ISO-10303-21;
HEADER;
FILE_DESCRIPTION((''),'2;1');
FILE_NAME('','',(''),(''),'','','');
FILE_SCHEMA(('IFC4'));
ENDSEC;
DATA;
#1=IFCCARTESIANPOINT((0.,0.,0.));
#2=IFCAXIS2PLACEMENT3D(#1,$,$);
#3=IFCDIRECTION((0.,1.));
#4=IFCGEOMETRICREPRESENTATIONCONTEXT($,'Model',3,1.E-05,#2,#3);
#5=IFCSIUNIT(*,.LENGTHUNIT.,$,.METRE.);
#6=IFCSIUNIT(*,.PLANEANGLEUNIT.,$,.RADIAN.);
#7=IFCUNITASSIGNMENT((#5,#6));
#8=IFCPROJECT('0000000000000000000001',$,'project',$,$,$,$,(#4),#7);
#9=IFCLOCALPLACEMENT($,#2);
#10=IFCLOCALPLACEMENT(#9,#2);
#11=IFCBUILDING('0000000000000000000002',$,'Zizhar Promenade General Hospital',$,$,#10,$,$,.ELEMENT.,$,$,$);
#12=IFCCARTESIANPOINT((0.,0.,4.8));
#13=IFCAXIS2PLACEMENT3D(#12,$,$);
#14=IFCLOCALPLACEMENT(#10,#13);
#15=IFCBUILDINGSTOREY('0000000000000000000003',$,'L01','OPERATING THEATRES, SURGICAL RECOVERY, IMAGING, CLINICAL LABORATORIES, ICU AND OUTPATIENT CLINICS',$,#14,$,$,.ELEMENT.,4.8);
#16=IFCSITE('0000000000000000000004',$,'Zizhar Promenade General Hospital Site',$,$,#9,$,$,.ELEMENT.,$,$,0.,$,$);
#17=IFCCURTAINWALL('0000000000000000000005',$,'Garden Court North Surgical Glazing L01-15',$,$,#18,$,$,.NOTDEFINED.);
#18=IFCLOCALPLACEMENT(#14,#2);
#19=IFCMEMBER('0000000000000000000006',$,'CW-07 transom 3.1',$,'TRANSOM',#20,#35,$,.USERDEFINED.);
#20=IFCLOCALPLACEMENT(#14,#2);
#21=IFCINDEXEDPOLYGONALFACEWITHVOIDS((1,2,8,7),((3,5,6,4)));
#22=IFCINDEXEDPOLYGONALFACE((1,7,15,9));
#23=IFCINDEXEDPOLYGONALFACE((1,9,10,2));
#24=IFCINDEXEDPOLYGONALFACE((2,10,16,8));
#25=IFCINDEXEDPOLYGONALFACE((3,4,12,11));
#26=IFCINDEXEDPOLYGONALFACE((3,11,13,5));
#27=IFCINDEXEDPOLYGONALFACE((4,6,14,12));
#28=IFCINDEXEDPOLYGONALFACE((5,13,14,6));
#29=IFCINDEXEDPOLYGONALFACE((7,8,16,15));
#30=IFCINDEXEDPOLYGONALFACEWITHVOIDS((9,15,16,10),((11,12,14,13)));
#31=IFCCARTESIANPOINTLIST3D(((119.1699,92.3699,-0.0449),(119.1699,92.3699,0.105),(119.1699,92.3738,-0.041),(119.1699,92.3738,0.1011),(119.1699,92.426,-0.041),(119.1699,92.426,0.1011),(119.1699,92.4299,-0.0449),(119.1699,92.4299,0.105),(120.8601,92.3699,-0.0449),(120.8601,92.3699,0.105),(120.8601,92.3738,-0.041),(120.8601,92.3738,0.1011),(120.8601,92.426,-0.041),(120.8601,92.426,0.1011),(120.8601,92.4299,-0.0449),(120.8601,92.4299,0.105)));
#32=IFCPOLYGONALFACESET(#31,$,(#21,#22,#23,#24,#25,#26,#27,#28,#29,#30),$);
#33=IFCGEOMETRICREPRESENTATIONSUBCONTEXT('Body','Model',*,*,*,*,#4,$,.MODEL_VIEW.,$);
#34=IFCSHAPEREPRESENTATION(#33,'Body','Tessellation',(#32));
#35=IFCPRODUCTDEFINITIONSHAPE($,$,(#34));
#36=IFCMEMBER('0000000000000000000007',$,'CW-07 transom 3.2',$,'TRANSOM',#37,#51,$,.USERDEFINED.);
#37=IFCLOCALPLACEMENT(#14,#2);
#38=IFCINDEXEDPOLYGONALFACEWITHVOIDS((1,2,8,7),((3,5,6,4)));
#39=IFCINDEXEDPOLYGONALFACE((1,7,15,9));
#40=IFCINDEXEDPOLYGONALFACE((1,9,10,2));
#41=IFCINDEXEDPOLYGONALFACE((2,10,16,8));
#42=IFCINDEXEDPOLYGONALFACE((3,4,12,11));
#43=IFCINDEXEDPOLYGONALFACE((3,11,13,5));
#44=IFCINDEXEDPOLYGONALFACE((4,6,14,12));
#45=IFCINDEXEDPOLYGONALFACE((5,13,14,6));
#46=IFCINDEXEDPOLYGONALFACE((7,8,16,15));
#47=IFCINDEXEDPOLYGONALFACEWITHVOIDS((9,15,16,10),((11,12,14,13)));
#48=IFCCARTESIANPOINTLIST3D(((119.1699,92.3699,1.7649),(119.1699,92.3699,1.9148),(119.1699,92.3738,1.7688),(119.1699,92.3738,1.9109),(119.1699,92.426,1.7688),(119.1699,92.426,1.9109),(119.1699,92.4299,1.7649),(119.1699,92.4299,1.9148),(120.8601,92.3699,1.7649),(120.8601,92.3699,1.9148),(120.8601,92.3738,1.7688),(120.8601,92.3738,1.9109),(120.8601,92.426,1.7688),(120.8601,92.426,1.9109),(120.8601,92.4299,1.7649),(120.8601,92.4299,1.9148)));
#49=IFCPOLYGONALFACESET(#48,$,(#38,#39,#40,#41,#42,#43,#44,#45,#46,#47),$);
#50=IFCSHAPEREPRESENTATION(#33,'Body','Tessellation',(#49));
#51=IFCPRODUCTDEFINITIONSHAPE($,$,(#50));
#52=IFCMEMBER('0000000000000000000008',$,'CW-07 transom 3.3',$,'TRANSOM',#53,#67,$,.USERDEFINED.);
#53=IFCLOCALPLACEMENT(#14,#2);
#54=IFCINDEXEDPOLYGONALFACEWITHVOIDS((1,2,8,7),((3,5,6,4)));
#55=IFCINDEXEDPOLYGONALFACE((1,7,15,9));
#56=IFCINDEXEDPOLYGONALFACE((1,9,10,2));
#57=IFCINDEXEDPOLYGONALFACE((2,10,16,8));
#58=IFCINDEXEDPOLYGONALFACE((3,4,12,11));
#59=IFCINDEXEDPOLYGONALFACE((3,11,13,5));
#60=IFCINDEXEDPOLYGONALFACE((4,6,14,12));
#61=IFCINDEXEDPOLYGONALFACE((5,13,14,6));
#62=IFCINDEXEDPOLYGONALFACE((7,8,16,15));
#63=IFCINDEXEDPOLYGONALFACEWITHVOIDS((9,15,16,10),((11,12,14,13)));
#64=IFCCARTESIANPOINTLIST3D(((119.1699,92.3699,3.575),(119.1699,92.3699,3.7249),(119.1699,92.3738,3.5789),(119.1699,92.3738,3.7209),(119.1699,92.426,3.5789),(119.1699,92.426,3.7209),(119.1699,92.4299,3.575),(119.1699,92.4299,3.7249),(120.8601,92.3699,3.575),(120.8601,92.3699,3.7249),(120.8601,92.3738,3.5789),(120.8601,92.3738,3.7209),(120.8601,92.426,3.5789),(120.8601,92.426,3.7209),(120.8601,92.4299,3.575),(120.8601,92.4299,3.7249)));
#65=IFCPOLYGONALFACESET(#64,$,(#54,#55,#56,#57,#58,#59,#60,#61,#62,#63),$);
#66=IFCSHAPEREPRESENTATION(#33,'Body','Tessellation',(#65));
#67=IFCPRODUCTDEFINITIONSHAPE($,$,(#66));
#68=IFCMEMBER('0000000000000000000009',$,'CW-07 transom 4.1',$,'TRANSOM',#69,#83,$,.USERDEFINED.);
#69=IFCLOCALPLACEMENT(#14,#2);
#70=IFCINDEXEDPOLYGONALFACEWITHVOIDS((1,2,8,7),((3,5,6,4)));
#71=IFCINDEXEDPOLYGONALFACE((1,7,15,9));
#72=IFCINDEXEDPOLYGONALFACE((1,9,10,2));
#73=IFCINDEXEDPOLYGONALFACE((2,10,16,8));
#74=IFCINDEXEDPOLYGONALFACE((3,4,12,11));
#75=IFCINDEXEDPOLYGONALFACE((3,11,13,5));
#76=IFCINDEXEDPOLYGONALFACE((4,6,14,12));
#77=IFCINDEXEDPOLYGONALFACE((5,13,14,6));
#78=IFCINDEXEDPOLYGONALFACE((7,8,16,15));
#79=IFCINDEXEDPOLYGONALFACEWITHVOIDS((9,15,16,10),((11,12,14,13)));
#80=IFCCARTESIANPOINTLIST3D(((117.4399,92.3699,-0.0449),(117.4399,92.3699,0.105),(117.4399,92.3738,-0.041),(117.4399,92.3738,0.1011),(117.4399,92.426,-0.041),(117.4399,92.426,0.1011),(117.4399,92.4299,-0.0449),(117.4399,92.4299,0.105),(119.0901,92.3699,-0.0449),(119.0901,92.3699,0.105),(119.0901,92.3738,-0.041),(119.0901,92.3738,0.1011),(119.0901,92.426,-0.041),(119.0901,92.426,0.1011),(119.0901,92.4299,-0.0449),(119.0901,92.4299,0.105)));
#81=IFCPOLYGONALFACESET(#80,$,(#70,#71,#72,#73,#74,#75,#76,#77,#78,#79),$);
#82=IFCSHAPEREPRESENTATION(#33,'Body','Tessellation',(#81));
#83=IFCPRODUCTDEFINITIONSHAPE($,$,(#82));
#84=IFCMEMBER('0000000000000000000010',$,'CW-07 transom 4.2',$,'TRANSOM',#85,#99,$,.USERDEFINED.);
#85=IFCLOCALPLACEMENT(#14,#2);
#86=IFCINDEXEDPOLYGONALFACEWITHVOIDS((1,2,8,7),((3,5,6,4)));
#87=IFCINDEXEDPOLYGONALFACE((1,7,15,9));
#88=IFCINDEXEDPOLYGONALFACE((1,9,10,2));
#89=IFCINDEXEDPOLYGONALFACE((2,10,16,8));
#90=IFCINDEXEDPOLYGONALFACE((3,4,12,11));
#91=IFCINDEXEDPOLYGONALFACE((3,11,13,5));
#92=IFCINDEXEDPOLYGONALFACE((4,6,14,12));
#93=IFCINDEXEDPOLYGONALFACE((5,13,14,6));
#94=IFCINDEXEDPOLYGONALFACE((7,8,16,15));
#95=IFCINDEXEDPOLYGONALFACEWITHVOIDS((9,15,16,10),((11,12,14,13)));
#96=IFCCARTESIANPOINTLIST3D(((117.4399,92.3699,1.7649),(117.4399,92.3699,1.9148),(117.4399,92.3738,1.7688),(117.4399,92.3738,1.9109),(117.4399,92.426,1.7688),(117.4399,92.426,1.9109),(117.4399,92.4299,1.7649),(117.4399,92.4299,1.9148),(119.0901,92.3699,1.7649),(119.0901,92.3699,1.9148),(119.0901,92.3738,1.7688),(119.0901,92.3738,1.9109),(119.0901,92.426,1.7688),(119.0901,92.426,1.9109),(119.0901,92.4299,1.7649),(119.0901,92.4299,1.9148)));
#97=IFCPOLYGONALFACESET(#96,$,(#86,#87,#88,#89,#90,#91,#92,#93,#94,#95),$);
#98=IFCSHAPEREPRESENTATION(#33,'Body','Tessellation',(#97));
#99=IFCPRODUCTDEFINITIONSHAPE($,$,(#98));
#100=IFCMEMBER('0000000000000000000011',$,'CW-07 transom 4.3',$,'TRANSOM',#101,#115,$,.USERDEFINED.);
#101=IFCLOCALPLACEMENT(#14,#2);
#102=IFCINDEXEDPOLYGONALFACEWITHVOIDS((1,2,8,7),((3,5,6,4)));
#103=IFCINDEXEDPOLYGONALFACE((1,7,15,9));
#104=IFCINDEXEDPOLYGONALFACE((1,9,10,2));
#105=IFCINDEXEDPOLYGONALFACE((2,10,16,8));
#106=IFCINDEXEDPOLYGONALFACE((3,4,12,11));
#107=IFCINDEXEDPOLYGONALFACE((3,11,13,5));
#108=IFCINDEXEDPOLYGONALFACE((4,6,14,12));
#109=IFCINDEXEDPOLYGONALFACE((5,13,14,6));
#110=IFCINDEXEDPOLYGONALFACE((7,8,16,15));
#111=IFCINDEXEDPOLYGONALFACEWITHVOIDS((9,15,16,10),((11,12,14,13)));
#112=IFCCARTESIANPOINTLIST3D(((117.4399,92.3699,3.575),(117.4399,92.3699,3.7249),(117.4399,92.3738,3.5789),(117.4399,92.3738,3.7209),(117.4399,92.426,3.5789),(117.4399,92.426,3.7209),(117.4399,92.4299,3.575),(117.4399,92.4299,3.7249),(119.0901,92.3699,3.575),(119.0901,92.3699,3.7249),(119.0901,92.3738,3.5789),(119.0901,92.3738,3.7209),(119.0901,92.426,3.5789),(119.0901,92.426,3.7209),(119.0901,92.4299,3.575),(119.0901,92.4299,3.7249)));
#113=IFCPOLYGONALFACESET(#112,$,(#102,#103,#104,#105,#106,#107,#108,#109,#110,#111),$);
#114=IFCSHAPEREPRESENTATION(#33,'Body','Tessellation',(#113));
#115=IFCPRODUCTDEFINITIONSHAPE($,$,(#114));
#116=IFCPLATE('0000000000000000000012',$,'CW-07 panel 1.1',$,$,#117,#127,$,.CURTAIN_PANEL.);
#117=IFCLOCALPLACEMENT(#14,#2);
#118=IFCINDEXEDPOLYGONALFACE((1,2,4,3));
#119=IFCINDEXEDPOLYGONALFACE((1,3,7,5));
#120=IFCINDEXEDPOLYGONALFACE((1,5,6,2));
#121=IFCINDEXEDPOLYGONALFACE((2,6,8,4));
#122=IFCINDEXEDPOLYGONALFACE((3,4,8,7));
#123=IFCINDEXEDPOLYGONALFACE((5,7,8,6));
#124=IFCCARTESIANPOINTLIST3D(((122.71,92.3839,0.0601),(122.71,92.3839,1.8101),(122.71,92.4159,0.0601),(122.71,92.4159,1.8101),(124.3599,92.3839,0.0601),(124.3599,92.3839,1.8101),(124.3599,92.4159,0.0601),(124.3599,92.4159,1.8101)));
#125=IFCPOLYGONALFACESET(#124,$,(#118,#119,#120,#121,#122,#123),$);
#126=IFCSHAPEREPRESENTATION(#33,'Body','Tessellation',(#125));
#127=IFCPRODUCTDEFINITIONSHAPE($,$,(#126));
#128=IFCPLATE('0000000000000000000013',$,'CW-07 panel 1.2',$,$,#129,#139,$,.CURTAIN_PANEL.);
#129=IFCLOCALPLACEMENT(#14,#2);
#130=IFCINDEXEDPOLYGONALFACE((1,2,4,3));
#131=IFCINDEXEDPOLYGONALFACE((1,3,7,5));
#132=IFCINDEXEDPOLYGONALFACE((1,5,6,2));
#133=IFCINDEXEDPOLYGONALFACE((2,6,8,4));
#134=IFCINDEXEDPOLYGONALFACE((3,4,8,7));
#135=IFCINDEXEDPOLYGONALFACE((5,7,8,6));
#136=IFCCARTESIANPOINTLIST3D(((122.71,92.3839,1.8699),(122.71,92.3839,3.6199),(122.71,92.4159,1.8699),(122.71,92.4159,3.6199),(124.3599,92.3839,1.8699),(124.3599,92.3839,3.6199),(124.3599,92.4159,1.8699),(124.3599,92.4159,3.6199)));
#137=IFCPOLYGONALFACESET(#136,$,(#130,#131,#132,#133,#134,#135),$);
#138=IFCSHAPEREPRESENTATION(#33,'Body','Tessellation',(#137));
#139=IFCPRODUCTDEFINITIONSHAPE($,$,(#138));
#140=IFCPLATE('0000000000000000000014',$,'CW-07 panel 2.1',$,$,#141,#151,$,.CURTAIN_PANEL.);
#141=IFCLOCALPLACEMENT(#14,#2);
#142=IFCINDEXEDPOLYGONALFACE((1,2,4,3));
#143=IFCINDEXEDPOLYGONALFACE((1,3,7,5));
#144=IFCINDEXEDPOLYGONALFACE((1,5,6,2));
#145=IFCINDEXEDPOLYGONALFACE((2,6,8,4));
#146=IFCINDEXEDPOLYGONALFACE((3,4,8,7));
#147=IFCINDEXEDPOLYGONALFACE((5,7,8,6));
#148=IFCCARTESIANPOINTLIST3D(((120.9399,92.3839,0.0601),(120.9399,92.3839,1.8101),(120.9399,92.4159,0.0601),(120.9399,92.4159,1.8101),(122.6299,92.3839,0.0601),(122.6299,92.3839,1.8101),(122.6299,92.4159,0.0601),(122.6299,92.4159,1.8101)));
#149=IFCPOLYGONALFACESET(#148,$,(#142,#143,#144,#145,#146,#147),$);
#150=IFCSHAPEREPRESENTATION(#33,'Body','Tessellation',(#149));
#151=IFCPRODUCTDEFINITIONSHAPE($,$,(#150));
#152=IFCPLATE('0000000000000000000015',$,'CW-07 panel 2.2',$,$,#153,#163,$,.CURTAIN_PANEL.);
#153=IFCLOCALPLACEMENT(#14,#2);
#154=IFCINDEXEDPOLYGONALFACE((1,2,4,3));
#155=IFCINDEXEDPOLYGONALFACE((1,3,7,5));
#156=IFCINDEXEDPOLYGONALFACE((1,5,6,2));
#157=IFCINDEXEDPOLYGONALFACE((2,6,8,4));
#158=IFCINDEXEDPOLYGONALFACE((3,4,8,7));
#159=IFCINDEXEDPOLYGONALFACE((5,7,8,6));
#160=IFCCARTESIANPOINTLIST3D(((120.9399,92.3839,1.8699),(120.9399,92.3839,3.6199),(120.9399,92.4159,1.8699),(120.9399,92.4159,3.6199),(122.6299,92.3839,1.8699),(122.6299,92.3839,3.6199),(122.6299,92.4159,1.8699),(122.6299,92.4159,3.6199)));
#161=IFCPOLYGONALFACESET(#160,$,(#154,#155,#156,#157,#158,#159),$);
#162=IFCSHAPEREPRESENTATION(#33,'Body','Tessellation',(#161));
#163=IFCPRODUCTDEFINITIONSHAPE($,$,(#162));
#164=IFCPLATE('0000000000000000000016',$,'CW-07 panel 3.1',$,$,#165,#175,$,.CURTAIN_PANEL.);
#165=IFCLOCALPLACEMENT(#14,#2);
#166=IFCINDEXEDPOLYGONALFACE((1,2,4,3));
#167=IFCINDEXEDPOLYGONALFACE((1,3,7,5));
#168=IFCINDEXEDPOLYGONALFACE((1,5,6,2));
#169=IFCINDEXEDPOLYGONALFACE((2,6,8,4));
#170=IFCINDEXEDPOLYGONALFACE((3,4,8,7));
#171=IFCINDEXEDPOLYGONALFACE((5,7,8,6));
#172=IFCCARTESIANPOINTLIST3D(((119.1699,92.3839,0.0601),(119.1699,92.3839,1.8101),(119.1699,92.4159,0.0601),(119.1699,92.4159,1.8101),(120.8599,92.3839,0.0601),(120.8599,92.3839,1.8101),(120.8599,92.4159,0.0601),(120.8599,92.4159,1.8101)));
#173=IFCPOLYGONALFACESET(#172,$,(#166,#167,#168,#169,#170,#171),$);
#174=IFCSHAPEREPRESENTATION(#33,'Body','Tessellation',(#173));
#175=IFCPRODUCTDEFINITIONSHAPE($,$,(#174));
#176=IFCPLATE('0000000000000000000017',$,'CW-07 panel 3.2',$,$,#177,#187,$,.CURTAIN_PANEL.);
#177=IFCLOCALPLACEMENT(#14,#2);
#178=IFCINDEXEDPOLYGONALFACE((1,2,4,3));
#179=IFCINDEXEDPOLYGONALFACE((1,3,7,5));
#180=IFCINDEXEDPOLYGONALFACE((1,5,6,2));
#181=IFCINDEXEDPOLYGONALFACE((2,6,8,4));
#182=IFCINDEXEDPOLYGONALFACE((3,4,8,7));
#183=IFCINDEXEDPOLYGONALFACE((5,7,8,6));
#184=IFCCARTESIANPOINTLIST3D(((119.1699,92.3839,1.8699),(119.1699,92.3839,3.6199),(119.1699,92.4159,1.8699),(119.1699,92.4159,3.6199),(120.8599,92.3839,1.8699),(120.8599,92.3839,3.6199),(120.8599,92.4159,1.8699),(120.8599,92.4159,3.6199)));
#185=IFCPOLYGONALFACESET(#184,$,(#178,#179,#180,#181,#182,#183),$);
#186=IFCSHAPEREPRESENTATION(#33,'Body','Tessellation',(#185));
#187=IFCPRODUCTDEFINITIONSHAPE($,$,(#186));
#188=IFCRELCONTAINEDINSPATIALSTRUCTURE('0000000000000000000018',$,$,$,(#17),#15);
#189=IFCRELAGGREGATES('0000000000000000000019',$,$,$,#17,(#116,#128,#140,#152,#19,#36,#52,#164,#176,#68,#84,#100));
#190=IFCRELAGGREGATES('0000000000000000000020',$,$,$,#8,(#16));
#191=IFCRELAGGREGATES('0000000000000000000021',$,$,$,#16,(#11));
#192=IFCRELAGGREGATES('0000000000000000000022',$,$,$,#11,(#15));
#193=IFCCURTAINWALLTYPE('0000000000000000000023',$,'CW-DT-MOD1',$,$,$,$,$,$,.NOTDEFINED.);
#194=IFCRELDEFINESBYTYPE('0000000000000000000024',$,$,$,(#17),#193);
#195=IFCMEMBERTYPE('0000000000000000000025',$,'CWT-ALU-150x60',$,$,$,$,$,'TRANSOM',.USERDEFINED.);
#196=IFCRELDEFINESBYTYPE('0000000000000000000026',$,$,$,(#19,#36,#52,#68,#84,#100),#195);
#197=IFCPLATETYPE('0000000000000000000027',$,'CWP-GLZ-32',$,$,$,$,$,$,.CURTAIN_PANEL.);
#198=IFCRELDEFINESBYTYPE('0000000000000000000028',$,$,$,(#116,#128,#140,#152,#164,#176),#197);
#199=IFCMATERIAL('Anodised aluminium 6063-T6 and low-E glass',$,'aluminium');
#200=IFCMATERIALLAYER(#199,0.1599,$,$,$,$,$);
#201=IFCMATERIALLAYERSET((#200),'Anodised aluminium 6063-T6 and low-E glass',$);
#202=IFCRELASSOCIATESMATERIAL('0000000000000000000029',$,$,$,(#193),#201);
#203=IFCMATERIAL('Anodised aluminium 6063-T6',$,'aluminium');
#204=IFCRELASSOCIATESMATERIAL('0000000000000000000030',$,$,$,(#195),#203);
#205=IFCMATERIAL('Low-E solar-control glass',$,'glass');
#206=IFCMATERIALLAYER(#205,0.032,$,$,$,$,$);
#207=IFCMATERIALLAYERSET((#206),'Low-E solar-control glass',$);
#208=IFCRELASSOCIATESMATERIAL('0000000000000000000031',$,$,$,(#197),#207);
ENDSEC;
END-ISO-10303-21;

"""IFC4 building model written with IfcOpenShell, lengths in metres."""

from ifc_helpers import new_model, si_unit, direction, frame, origin, origin_2d, place, context, subcontext, project, spatial, rectangle, hollow_rectangle, extrude, material, layer, layer_set, material_profile, profile_set, type_object, element, aggregate, save


model = new_model("IFC4")

# Units and contexts
model_context = context("Model", 3, precision=1e-05, world=origin(), true_north=direction((0.0, 1.0)))
body_context = subcontext(model_context, "Body", "Model", "MODEL_VIEW")
ifc_project = project(units=[si_unit("LENGTHUNIT", "METRE"), si_unit("PLANEANGLEUNIT", "RADIAN")], contexts=[model_context])

# Site, building, storey
site_placement = place(None, origin())
site = spatial("IfcSite", under=ifc_project, at=site_placement, Name="Zizhar Promenade General Hospital Site", CompositionType="ELEMENT", RefElevation=0.0)
building_placement = place(site_placement, origin())
building = spatial("IfcBuilding", under=site, at=building_placement, Name="Zizhar Promenade General Hospital", CompositionType="ELEMENT")
storey_placement = place(building_placement, frame((0.0, 0.0, 4.8)))
storey = spatial("IfcBuildingStorey", under=building, at=storey_placement, Name="L01", Description="OPERATING THEATRES, SURGICAL RECOVERY, IMAGING, CLINICAL LABORATORIES, ICU AND OUTPATIENT CLINICS", CompositionType="ELEMENT", Elevation=4.8)

# Curtain wall, members, plates
ifc_material_1 = material(Name="Anodised aluminium 6063-T6 and low-E glass", Category="aluminium")
ifc_layer_1 = layer(ifc_material_1, 0.1599)
ifc_layer_set_1 = layer_set([ifc_layer_1], Name="Anodised aluminium 6063-T6 and low-E glass")
curtain_wall_type = type_object("IfcCurtainWallType", Name="CW-DT-MOD1", PredefinedType="NOTDEFINED", material=ifc_layer_set_1)
curtain_wall_placement = place(storey_placement, origin())
curtain_wall = element("IfcCurtainWall", 1, at=curtain_wall_placement, inside=storey, type_object=curtain_wall_type, Name="Garden Court North Surgical Glazing L01-15", PredefinedType="NOTDEFINED")
ifc_material_2 = material(Name="Anodised aluminium 6063-T6", Category="aluminium")
ifc_material_profile_1 = material_profile(ifc_material_2, hollow_rectangle(XDim=0.0601, YDim=0.1499, WallThickness=0.0039, at=origin_2d()))
ifc_profile_set_1 = profile_set([ifc_material_profile_1], Name="Anodised aluminium 6063-T6")
member_type_1 = type_object("IfcMemberType", Name="CWT-ALU-150x60", ElementType="TRANSOM", PredefinedType="USERDEFINED", material=ifc_profile_set_1)
member_1_placement = place(storey_placement, frame((120.8601, 92.3999, 0.03), z_axis=(-1.0, 0.0, 0.0), x_axis=(0.0, -1.0, 0.0)))
member_1 = element("IfcMember", 2, at=member_1_placement, type_object=member_type_1, Name="CW-07 transom 3.1", ObjectType="TRANSOM", PredefinedType="USERDEFINED", context=body_context, shape_type="SweptSolid", body=[
    extrude(hollow_rectangle(XDim=0.0601, YDim=0.1499, WallThickness=0.0039, at=origin_2d()), origin(), (0.0, 0.0, 1.0), 1.6902),
])
member_2_placement = place(storey_placement, frame((120.8601, 92.3999, 1.8398), z_axis=(-1.0, 0.0, 0.0), x_axis=(0.0, -1.0, 0.0)))
member_2 = element("IfcMember", 3, at=member_2_placement, type_object=member_type_1, Name="CW-07 transom 3.2", ObjectType="TRANSOM", PredefinedType="USERDEFINED", context=body_context, shape_type="SweptSolid", body=[
    extrude(hollow_rectangle(XDim=0.0601, YDim=0.1499, WallThickness=0.0039, at=origin_2d()), origin(), (0.0, 0.0, 1.0), 1.6902),
])
member_3_placement = place(storey_placement, frame((120.8601, 92.3999, 3.6499), z_axis=(-1.0, 0.0, 0.0), x_axis=(0.0, -1.0, 0.0)))
member_3 = element("IfcMember", 4, at=member_3_placement, type_object=member_type_1, Name="CW-07 transom 3.3", ObjectType="TRANSOM", PredefinedType="USERDEFINED", context=body_context, shape_type="SweptSolid", body=[
    extrude(hollow_rectangle(XDim=0.0601, YDim=0.1499, WallThickness=0.0039, at=origin_2d()), origin(), (0.0, 0.0, 1.0), 1.6902),
])
member_4_placement = place(storey_placement, frame((119.0901, 92.3999, 0.03), z_axis=(-1.0, 0.0, 0.0), x_axis=(0.0, -1.0, 0.0)))
member_4 = element("IfcMember", 5, at=member_4_placement, type_object=member_type_1, Name="CW-07 transom 4.1", ObjectType="TRANSOM", PredefinedType="USERDEFINED", context=body_context, shape_type="SweptSolid", body=[
    extrude(hollow_rectangle(XDim=0.0601, YDim=0.1499, WallThickness=0.0039, at=origin_2d()), origin(), (0.0, 0.0, 1.0), 1.6501),
])
member_5_placement = place(storey_placement, frame((119.0901, 92.3999, 1.8398), z_axis=(-1.0, 0.0, 0.0), x_axis=(0.0, -1.0, 0.0)))
member_5 = element("IfcMember", 6, at=member_5_placement, type_object=member_type_1, Name="CW-07 transom 4.2", ObjectType="TRANSOM", PredefinedType="USERDEFINED", context=body_context, shape_type="SweptSolid", body=[
    extrude(hollow_rectangle(XDim=0.0601, YDim=0.1499, WallThickness=0.0039, at=origin_2d()), origin(), (0.0, 0.0, 1.0), 1.6501),
])
member_6_placement = place(storey_placement, frame((119.0901, 92.3999, 3.6499), z_axis=(-1.0, 0.0, 0.0), x_axis=(0.0, -1.0, 0.0)))
member_6 = element("IfcMember", 7, at=member_6_placement, type_object=member_type_1, Name="CW-07 transom 4.3", ObjectType="TRANSOM", PredefinedType="USERDEFINED", context=body_context, shape_type="SweptSolid", body=[
    extrude(hollow_rectangle(XDim=0.0601, YDim=0.1499, WallThickness=0.0039, at=origin_2d()), origin(), (0.0, 0.0, 1.0), 1.6501),
])
ifc_material_3 = material(Name="Low-E solar-control glass", Category="glass")
ifc_layer_2 = layer(ifc_material_3, 0.032)
ifc_layer_set_2 = layer_set([ifc_layer_2], Name="Low-E solar-control glass")
plate_type = type_object("IfcPlateType", Name="CWP-GLZ-32", PredefinedType="CURTAIN_PANEL", material=ifc_layer_set_2)
plate_1_placement = place(storey_placement, frame((123.5349, 92.3999, 0.0601), z_axis=(0.0, 0.0, 1.0), x_axis=(-1.0, 0.0, 0.0)))
plate_1 = element("IfcPlate", 8, at=plate_1_placement, type_object=plate_type, Name="CW-07 panel 1.1", PredefinedType="CURTAIN_PANEL", context=body_context, shape_type="SweptSolid", body=[
    extrude(rectangle(XDim=1.6499, YDim=0.032, at=origin_2d()), origin(), (0.0, 0.0, 1.0), 1.75),
])
plate_2_placement = place(storey_placement, frame((123.5349, 92.3999, 1.8699), z_axis=(0.0, 0.0, 1.0), x_axis=(-1.0, 0.0, 0.0)))
plate_2 = element("IfcPlate", 9, at=plate_2_placement, type_object=plate_type, Name="CW-07 panel 1.2", PredefinedType="CURTAIN_PANEL", context=body_context, shape_type="SweptSolid", body=[
    extrude(rectangle(XDim=1.6499, YDim=0.032, at=origin_2d()), origin(), (0.0, 0.0, 1.0), 1.75),
])
plate_3_placement = place(storey_placement, frame((121.7849, 92.3999, 0.0601), z_axis=(0.0, 0.0, 1.0), x_axis=(-1.0, 0.0, 0.0)))
plate_3 = element("IfcPlate", 10, at=plate_3_placement, type_object=plate_type, Name="CW-07 panel 2.1", PredefinedType="CURTAIN_PANEL", context=body_context, shape_type="SweptSolid", body=[
    extrude(rectangle(XDim=1.6899, YDim=0.032, at=origin_2d()), origin(), (0.0, 0.0, 1.0), 1.75),
])
plate_4_placement = place(storey_placement, frame((121.7849, 92.3999, 1.8699), z_axis=(0.0, 0.0, 1.0), x_axis=(-1.0, 0.0, 0.0)))
plate_4 = element("IfcPlate", 11, at=plate_4_placement, type_object=plate_type, Name="CW-07 panel 2.2", PredefinedType="CURTAIN_PANEL", context=body_context, shape_type="SweptSolid", body=[
    extrude(rectangle(XDim=1.6899, YDim=0.032, at=origin_2d()), origin(), (0.0, 0.0, 1.0), 1.75),
])
plate_5_placement = place(storey_placement, frame((120.0149, 92.3999, 0.0601), z_axis=(0.0, 0.0, 1.0), x_axis=(-1.0, 0.0, 0.0)))
plate_5 = element("IfcPlate", 12, at=plate_5_placement, type_object=plate_type, Name="CW-07 panel 3.1", PredefinedType="CURTAIN_PANEL", context=body_context, shape_type="SweptSolid", body=[
    extrude(rectangle(XDim=1.6899, YDim=0.032, at=origin_2d()), origin(), (0.0, 0.0, 1.0), 1.75),
])
plate_6_placement = place(storey_placement, frame((120.0149, 92.3999, 1.8699), z_axis=(0.0, 0.0, 1.0), x_axis=(-1.0, 0.0, 0.0)))
plate_6 = element("IfcPlate", 13, at=plate_6_placement, type_object=plate_type, Name="CW-07 panel 3.2", PredefinedType="CURTAIN_PANEL", context=body_context, shape_type="SweptSolid", body=[
    extrude(rectangle(XDim=1.6899, YDim=0.032, at=origin_2d()), origin(), (0.0, 0.0, 1.0), 1.75),
])
aggregate(curtain_wall, [plate_1, plate_2, plate_3, plate_4, member_1, member_2, member_3, plate_5, plate_6, member_4, member_5, member_6])

save(model, "model.ifc")
